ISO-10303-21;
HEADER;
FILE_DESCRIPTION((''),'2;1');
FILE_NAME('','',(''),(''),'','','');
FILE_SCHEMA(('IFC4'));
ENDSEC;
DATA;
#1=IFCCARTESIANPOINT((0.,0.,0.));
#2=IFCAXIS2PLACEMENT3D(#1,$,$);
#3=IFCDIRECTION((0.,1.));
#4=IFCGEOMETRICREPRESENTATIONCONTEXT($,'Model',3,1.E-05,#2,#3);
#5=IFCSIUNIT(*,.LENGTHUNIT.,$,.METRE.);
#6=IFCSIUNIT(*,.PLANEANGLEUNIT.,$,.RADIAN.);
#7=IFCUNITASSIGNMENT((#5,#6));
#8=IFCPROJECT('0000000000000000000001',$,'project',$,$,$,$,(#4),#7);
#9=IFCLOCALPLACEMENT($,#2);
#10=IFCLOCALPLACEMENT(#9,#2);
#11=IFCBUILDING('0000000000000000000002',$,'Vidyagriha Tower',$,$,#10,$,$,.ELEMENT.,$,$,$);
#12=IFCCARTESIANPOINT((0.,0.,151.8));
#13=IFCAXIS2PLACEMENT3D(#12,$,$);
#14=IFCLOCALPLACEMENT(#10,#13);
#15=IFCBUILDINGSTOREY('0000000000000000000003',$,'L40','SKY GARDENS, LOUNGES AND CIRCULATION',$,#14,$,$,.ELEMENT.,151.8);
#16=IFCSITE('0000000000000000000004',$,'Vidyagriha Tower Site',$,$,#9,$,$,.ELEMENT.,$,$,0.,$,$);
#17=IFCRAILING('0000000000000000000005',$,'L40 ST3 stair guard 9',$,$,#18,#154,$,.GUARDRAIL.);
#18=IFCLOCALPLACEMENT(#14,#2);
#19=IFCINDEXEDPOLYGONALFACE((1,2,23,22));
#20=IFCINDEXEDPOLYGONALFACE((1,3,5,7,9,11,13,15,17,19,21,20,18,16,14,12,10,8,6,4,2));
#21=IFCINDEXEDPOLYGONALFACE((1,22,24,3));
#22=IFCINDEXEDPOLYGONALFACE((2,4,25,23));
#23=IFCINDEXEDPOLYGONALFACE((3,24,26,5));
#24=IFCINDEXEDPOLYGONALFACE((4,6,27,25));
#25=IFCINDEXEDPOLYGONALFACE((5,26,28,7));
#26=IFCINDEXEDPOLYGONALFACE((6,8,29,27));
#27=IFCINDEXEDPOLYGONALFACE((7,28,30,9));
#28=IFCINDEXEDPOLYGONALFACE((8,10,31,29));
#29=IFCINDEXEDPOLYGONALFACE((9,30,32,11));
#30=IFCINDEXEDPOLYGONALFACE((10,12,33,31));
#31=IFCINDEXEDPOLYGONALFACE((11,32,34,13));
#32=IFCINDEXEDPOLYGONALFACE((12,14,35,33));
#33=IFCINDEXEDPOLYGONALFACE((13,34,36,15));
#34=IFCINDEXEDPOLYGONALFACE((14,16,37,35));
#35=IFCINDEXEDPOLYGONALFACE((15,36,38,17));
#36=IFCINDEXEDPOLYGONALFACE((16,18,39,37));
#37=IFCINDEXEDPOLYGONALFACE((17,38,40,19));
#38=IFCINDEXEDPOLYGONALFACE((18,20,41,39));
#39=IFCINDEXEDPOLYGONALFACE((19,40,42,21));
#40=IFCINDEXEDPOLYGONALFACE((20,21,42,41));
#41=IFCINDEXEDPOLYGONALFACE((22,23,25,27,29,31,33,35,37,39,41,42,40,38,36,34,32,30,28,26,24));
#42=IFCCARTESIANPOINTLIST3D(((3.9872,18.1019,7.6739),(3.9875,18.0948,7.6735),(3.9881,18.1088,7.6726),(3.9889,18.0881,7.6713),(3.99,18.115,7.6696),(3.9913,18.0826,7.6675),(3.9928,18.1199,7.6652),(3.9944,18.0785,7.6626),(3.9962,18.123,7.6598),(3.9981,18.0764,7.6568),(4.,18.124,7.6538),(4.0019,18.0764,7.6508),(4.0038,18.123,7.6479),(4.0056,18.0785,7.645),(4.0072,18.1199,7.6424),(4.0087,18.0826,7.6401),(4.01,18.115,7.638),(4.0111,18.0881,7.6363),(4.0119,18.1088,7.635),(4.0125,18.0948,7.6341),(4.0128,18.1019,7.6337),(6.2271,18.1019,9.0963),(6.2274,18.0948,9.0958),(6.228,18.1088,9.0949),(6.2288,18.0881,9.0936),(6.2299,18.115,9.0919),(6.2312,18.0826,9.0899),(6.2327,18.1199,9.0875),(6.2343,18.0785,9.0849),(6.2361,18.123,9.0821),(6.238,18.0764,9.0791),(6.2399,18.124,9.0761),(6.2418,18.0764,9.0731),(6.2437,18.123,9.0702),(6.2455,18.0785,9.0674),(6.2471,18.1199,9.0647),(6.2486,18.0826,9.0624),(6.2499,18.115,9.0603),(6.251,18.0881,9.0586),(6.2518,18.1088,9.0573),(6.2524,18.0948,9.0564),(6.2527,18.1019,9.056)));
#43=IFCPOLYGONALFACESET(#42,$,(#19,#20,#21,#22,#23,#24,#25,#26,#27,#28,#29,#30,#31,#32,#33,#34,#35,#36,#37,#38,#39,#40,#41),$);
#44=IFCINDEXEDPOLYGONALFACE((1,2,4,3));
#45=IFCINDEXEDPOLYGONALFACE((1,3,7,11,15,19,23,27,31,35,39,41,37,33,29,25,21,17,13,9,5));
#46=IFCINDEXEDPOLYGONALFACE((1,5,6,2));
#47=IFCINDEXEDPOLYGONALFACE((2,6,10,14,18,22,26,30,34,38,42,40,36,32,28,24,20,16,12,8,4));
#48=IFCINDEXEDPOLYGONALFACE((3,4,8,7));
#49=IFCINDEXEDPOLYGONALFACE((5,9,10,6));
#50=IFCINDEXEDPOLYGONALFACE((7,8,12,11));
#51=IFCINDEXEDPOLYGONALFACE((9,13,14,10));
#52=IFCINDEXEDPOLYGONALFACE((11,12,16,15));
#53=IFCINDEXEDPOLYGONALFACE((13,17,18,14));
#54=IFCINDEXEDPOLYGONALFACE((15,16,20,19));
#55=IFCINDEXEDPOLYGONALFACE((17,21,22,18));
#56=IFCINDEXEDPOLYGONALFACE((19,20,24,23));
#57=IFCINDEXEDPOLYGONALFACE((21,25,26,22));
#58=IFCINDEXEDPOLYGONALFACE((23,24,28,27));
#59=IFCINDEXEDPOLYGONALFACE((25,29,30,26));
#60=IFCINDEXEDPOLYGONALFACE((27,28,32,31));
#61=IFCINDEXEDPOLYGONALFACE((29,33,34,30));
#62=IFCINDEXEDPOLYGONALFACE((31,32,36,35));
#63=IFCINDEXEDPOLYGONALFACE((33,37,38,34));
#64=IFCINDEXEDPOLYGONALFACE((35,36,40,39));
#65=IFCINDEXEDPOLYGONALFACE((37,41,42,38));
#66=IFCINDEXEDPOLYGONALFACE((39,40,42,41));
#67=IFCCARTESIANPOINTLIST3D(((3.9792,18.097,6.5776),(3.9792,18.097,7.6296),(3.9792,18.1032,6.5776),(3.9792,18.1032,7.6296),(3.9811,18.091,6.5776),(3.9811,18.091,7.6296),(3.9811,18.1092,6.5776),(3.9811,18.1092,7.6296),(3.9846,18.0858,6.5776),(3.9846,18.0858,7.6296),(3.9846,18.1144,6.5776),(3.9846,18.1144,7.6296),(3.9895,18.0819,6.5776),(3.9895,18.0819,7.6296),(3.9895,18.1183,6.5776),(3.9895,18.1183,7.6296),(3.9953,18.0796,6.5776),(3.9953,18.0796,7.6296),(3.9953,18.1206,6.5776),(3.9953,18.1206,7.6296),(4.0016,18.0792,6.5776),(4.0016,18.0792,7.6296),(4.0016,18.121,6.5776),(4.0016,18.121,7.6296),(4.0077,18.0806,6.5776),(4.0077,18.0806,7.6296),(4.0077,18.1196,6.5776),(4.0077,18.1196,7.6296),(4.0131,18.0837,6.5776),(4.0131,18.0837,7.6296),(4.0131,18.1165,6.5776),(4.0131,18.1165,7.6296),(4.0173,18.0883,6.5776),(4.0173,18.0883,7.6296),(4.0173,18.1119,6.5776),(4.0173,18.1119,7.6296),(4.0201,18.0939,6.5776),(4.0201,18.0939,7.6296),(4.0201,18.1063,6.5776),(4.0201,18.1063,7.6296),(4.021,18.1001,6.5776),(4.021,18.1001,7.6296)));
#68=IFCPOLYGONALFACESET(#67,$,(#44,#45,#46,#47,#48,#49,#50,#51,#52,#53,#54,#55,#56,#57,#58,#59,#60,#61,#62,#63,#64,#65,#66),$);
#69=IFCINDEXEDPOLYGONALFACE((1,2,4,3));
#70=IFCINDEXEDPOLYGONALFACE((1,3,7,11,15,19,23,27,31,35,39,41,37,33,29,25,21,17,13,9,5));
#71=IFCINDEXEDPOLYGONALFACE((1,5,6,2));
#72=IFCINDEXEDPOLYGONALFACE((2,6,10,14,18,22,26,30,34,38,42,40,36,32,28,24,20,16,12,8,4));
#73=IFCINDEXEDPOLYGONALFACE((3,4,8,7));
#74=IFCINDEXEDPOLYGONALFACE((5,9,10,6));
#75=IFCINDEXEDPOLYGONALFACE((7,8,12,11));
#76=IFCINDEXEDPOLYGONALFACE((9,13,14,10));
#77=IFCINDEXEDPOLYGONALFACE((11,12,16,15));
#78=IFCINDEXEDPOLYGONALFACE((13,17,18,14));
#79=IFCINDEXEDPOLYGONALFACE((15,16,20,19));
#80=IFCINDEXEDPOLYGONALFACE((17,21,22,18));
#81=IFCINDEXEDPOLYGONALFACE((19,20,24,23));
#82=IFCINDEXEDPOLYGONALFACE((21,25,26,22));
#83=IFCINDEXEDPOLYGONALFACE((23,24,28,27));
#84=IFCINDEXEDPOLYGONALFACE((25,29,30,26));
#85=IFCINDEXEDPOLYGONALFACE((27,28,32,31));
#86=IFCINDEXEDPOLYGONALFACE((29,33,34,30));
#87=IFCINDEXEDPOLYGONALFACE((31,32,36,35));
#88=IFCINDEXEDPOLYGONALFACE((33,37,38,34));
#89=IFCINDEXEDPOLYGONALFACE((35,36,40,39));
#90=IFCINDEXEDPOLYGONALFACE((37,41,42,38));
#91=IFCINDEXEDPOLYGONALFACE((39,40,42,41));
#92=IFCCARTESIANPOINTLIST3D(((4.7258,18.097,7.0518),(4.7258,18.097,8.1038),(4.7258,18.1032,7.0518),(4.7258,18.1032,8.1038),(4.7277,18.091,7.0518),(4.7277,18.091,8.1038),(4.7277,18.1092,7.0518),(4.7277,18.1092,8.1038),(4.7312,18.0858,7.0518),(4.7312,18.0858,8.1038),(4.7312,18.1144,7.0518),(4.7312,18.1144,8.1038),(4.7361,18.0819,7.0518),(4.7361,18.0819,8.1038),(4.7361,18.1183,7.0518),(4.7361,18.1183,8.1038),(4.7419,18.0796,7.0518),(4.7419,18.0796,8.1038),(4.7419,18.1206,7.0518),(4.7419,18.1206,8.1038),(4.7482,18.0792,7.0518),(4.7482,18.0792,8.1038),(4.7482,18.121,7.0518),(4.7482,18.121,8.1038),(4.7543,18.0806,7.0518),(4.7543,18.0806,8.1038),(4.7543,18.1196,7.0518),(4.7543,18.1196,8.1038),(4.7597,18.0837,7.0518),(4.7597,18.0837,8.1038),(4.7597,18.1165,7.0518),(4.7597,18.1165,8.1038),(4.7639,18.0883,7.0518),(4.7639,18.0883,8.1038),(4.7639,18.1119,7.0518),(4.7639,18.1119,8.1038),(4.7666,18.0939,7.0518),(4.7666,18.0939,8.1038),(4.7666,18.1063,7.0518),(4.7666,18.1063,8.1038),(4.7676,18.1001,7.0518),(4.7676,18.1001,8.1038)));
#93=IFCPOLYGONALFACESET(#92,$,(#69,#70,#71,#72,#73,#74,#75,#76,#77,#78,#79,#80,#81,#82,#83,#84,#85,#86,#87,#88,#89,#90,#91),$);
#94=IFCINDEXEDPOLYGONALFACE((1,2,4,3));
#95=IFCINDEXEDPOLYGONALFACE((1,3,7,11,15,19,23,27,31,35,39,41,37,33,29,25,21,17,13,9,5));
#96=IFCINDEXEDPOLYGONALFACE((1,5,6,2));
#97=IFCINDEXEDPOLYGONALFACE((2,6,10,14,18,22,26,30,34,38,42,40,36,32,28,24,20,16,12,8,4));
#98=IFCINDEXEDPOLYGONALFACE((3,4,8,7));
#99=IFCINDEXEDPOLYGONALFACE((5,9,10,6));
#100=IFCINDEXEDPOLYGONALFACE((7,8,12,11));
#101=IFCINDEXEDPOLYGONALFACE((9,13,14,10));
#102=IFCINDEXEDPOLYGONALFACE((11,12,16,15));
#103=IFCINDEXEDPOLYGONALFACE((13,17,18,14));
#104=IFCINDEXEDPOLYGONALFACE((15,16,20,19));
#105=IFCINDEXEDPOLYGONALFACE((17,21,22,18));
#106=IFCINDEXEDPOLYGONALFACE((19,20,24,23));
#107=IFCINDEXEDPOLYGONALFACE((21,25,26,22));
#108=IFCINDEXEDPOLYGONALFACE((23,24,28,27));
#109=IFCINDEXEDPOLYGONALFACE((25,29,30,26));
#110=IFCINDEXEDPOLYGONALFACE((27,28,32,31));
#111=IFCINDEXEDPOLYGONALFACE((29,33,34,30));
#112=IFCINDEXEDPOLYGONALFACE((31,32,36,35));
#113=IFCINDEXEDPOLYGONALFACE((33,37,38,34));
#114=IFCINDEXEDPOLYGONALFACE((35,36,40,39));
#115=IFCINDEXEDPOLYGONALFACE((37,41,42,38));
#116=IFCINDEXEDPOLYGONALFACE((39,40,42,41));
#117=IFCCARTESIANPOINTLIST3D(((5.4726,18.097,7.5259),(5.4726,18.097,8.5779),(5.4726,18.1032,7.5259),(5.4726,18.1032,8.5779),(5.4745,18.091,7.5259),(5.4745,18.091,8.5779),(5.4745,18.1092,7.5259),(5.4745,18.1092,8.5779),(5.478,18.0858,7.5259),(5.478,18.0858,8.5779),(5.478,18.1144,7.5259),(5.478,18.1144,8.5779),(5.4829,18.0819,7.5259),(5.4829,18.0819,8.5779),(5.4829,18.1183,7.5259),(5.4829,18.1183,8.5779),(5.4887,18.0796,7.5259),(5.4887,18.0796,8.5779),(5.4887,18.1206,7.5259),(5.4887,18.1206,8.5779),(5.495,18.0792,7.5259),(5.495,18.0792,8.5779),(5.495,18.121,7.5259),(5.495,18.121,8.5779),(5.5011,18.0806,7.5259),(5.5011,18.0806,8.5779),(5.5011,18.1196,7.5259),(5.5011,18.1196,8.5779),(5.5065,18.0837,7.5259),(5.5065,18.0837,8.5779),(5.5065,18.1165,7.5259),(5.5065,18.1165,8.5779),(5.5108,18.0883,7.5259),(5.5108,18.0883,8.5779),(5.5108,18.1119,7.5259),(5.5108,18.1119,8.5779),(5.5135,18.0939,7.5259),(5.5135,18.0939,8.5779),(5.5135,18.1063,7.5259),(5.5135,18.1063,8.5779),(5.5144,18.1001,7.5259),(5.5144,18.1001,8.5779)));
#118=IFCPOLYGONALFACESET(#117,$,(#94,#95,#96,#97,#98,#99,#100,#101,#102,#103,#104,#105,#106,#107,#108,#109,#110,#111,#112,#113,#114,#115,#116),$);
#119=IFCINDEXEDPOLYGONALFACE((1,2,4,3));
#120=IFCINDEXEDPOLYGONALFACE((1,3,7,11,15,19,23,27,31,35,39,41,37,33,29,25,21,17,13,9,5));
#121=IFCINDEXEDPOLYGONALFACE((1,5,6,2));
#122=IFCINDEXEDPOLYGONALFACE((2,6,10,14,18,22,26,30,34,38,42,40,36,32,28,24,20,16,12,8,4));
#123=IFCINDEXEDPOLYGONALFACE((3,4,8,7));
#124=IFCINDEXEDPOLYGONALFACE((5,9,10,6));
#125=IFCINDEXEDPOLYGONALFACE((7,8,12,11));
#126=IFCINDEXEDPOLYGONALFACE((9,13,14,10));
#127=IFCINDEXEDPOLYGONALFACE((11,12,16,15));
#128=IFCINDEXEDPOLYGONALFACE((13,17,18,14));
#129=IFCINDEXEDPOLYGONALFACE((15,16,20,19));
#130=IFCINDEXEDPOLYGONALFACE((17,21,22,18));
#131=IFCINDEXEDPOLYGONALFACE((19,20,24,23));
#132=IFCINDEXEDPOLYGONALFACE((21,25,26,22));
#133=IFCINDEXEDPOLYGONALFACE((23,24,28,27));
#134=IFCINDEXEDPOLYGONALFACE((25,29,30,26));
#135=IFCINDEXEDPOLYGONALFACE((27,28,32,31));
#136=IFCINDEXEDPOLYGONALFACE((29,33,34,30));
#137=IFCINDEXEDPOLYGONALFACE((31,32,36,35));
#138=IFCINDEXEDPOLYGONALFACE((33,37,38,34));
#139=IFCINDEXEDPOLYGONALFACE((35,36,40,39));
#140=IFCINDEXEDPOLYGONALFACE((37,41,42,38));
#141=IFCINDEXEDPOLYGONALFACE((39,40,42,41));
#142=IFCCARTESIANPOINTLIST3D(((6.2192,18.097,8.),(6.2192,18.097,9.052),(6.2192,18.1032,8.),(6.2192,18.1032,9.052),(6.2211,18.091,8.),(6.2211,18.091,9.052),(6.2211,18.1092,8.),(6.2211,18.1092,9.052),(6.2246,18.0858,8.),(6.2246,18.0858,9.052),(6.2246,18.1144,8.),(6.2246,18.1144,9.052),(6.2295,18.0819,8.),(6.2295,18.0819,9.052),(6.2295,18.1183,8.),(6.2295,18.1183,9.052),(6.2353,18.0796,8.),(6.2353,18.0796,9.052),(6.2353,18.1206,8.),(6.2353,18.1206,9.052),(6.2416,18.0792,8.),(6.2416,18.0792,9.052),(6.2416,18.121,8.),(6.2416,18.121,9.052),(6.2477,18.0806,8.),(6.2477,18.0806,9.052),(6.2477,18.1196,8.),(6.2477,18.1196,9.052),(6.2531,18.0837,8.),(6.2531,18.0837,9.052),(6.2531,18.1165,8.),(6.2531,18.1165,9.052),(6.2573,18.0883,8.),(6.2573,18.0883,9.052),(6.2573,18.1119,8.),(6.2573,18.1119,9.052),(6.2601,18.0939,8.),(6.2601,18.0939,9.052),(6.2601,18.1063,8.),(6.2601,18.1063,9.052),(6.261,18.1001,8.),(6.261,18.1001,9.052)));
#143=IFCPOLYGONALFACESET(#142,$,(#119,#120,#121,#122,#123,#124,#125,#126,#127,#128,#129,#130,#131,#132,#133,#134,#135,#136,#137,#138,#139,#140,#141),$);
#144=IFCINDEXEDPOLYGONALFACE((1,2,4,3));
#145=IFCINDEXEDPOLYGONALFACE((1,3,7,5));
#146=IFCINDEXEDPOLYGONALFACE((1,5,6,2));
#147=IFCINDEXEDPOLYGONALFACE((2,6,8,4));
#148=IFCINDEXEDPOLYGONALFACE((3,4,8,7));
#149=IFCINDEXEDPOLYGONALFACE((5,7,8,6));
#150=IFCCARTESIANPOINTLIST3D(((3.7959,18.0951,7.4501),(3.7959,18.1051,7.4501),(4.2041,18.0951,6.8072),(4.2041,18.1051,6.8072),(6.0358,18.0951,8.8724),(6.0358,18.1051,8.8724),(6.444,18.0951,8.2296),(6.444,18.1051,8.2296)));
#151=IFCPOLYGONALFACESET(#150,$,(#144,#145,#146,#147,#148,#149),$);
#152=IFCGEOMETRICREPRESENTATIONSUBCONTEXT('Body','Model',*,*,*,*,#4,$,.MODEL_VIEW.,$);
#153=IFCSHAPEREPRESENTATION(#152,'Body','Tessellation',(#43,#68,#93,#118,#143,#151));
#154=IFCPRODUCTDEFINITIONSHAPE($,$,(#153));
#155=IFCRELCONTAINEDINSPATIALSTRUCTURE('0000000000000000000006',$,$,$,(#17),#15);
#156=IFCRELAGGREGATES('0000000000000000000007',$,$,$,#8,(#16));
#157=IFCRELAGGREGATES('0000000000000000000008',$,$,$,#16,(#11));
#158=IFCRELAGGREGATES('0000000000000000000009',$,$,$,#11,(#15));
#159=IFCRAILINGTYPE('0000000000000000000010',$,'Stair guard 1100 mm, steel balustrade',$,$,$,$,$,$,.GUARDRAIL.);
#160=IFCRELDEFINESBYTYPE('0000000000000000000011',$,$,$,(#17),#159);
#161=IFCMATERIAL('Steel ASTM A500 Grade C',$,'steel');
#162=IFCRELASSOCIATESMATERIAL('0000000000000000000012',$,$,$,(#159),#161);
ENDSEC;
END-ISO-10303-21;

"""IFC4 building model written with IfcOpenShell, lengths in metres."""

from ifc_helpers import new_model, si_unit, direction, frame, origin, origin_2d, place, context, subcontext, project, spatial, rectangle, circle, extrude, material, type_object, element, save


model = new_model("IFC4")

# Units and contexts
model_context = context("Model", 3, precision=1e-05, world=origin(), true_north=direction((0.0, 1.0)))
body_context = subcontext(model_context, "Body", "Model", "MODEL_VIEW")
ifc_project = project(units=[si_unit("LENGTHUNIT", "METRE"), si_unit("PLANEANGLEUNIT", "RADIAN")], contexts=[model_context])

# Site, building, storey
site_placement = place(None, origin())
site = spatial("IfcSite", under=ifc_project, at=site_placement, Name="Vidyagriha Tower Site", CompositionType="ELEMENT", RefElevation=0.0)
building_placement = place(site_placement, origin())
building = spatial("IfcBuilding", under=site, at=building_placement, Name="Vidyagriha Tower", CompositionType="ELEMENT")
storey_placement = place(building_placement, frame((0.0, 0.0, 151.8)))
storey = spatial("IfcBuildingStorey", under=building, at=storey_placement, Name="L40", Description="SKY GARDENS, LOUNGES AND CIRCULATION", CompositionType="ELEMENT", Elevation=151.8)

# Railing
ifc_material_1 = material(Name="Steel ASTM A500 Grade C", Category="steel")
railing_type_1 = type_object("IfcRailingType", Name="Stair guard 1100 mm, steel balustrade", PredefinedType="GUARDRAIL", material=ifc_material_1)
railing_1_placement = place(storey_placement, frame((4.0, 18.1001, 6.5776)))
element("IfcRailing", 1, at=railing_1_placement, inside=storey, type_object=railing_type_1, Name="L40 ST3 stair guard 9", PredefinedType="GUARDRAIL", context=body_context, shape_type="SweptSolid", body=[
    extrude(circle(Radius=0.0239, at=origin_2d()), frame((0.0, 0.0, 1.0762), z_axis=(0.844188, 0.0, 0.536048), x_axis=(0.0, 1.0, 0.0)), (0.0, 0.0, 1.0), 2.6533),
    extrude(circle(Radius=0.021, at=origin_2d()), origin(), (0.0, 0.0, 1.0), 1.052),
    extrude(circle(Radius=0.021, at=origin_2d()), frame((0.7466, 0.0, 0.4741)), (0.0, 0.0, 1.0), 1.052),
    extrude(circle(Radius=0.021, at=origin_2d()), frame((1.4934, 0.0, 0.9482)), (0.0, 0.0, 1.0), 1.052),
    extrude(circle(Radius=0.021, at=origin_2d()), frame((2.24, 0.0, 1.4224)), (0.0, 0.0, 1.0), 1.052),
    extrude(rectangle(XDim=0.01, YDim=0.7615, at=origin_2d()), frame((0.0, 0.0, 0.551), z_axis=(0.844188, 0.0, 0.536048), x_axis=(0.0, 1.0, 0.0)), (0.0, 0.0, 1.0), 2.6533),
])

save(model, "model.ifc")
